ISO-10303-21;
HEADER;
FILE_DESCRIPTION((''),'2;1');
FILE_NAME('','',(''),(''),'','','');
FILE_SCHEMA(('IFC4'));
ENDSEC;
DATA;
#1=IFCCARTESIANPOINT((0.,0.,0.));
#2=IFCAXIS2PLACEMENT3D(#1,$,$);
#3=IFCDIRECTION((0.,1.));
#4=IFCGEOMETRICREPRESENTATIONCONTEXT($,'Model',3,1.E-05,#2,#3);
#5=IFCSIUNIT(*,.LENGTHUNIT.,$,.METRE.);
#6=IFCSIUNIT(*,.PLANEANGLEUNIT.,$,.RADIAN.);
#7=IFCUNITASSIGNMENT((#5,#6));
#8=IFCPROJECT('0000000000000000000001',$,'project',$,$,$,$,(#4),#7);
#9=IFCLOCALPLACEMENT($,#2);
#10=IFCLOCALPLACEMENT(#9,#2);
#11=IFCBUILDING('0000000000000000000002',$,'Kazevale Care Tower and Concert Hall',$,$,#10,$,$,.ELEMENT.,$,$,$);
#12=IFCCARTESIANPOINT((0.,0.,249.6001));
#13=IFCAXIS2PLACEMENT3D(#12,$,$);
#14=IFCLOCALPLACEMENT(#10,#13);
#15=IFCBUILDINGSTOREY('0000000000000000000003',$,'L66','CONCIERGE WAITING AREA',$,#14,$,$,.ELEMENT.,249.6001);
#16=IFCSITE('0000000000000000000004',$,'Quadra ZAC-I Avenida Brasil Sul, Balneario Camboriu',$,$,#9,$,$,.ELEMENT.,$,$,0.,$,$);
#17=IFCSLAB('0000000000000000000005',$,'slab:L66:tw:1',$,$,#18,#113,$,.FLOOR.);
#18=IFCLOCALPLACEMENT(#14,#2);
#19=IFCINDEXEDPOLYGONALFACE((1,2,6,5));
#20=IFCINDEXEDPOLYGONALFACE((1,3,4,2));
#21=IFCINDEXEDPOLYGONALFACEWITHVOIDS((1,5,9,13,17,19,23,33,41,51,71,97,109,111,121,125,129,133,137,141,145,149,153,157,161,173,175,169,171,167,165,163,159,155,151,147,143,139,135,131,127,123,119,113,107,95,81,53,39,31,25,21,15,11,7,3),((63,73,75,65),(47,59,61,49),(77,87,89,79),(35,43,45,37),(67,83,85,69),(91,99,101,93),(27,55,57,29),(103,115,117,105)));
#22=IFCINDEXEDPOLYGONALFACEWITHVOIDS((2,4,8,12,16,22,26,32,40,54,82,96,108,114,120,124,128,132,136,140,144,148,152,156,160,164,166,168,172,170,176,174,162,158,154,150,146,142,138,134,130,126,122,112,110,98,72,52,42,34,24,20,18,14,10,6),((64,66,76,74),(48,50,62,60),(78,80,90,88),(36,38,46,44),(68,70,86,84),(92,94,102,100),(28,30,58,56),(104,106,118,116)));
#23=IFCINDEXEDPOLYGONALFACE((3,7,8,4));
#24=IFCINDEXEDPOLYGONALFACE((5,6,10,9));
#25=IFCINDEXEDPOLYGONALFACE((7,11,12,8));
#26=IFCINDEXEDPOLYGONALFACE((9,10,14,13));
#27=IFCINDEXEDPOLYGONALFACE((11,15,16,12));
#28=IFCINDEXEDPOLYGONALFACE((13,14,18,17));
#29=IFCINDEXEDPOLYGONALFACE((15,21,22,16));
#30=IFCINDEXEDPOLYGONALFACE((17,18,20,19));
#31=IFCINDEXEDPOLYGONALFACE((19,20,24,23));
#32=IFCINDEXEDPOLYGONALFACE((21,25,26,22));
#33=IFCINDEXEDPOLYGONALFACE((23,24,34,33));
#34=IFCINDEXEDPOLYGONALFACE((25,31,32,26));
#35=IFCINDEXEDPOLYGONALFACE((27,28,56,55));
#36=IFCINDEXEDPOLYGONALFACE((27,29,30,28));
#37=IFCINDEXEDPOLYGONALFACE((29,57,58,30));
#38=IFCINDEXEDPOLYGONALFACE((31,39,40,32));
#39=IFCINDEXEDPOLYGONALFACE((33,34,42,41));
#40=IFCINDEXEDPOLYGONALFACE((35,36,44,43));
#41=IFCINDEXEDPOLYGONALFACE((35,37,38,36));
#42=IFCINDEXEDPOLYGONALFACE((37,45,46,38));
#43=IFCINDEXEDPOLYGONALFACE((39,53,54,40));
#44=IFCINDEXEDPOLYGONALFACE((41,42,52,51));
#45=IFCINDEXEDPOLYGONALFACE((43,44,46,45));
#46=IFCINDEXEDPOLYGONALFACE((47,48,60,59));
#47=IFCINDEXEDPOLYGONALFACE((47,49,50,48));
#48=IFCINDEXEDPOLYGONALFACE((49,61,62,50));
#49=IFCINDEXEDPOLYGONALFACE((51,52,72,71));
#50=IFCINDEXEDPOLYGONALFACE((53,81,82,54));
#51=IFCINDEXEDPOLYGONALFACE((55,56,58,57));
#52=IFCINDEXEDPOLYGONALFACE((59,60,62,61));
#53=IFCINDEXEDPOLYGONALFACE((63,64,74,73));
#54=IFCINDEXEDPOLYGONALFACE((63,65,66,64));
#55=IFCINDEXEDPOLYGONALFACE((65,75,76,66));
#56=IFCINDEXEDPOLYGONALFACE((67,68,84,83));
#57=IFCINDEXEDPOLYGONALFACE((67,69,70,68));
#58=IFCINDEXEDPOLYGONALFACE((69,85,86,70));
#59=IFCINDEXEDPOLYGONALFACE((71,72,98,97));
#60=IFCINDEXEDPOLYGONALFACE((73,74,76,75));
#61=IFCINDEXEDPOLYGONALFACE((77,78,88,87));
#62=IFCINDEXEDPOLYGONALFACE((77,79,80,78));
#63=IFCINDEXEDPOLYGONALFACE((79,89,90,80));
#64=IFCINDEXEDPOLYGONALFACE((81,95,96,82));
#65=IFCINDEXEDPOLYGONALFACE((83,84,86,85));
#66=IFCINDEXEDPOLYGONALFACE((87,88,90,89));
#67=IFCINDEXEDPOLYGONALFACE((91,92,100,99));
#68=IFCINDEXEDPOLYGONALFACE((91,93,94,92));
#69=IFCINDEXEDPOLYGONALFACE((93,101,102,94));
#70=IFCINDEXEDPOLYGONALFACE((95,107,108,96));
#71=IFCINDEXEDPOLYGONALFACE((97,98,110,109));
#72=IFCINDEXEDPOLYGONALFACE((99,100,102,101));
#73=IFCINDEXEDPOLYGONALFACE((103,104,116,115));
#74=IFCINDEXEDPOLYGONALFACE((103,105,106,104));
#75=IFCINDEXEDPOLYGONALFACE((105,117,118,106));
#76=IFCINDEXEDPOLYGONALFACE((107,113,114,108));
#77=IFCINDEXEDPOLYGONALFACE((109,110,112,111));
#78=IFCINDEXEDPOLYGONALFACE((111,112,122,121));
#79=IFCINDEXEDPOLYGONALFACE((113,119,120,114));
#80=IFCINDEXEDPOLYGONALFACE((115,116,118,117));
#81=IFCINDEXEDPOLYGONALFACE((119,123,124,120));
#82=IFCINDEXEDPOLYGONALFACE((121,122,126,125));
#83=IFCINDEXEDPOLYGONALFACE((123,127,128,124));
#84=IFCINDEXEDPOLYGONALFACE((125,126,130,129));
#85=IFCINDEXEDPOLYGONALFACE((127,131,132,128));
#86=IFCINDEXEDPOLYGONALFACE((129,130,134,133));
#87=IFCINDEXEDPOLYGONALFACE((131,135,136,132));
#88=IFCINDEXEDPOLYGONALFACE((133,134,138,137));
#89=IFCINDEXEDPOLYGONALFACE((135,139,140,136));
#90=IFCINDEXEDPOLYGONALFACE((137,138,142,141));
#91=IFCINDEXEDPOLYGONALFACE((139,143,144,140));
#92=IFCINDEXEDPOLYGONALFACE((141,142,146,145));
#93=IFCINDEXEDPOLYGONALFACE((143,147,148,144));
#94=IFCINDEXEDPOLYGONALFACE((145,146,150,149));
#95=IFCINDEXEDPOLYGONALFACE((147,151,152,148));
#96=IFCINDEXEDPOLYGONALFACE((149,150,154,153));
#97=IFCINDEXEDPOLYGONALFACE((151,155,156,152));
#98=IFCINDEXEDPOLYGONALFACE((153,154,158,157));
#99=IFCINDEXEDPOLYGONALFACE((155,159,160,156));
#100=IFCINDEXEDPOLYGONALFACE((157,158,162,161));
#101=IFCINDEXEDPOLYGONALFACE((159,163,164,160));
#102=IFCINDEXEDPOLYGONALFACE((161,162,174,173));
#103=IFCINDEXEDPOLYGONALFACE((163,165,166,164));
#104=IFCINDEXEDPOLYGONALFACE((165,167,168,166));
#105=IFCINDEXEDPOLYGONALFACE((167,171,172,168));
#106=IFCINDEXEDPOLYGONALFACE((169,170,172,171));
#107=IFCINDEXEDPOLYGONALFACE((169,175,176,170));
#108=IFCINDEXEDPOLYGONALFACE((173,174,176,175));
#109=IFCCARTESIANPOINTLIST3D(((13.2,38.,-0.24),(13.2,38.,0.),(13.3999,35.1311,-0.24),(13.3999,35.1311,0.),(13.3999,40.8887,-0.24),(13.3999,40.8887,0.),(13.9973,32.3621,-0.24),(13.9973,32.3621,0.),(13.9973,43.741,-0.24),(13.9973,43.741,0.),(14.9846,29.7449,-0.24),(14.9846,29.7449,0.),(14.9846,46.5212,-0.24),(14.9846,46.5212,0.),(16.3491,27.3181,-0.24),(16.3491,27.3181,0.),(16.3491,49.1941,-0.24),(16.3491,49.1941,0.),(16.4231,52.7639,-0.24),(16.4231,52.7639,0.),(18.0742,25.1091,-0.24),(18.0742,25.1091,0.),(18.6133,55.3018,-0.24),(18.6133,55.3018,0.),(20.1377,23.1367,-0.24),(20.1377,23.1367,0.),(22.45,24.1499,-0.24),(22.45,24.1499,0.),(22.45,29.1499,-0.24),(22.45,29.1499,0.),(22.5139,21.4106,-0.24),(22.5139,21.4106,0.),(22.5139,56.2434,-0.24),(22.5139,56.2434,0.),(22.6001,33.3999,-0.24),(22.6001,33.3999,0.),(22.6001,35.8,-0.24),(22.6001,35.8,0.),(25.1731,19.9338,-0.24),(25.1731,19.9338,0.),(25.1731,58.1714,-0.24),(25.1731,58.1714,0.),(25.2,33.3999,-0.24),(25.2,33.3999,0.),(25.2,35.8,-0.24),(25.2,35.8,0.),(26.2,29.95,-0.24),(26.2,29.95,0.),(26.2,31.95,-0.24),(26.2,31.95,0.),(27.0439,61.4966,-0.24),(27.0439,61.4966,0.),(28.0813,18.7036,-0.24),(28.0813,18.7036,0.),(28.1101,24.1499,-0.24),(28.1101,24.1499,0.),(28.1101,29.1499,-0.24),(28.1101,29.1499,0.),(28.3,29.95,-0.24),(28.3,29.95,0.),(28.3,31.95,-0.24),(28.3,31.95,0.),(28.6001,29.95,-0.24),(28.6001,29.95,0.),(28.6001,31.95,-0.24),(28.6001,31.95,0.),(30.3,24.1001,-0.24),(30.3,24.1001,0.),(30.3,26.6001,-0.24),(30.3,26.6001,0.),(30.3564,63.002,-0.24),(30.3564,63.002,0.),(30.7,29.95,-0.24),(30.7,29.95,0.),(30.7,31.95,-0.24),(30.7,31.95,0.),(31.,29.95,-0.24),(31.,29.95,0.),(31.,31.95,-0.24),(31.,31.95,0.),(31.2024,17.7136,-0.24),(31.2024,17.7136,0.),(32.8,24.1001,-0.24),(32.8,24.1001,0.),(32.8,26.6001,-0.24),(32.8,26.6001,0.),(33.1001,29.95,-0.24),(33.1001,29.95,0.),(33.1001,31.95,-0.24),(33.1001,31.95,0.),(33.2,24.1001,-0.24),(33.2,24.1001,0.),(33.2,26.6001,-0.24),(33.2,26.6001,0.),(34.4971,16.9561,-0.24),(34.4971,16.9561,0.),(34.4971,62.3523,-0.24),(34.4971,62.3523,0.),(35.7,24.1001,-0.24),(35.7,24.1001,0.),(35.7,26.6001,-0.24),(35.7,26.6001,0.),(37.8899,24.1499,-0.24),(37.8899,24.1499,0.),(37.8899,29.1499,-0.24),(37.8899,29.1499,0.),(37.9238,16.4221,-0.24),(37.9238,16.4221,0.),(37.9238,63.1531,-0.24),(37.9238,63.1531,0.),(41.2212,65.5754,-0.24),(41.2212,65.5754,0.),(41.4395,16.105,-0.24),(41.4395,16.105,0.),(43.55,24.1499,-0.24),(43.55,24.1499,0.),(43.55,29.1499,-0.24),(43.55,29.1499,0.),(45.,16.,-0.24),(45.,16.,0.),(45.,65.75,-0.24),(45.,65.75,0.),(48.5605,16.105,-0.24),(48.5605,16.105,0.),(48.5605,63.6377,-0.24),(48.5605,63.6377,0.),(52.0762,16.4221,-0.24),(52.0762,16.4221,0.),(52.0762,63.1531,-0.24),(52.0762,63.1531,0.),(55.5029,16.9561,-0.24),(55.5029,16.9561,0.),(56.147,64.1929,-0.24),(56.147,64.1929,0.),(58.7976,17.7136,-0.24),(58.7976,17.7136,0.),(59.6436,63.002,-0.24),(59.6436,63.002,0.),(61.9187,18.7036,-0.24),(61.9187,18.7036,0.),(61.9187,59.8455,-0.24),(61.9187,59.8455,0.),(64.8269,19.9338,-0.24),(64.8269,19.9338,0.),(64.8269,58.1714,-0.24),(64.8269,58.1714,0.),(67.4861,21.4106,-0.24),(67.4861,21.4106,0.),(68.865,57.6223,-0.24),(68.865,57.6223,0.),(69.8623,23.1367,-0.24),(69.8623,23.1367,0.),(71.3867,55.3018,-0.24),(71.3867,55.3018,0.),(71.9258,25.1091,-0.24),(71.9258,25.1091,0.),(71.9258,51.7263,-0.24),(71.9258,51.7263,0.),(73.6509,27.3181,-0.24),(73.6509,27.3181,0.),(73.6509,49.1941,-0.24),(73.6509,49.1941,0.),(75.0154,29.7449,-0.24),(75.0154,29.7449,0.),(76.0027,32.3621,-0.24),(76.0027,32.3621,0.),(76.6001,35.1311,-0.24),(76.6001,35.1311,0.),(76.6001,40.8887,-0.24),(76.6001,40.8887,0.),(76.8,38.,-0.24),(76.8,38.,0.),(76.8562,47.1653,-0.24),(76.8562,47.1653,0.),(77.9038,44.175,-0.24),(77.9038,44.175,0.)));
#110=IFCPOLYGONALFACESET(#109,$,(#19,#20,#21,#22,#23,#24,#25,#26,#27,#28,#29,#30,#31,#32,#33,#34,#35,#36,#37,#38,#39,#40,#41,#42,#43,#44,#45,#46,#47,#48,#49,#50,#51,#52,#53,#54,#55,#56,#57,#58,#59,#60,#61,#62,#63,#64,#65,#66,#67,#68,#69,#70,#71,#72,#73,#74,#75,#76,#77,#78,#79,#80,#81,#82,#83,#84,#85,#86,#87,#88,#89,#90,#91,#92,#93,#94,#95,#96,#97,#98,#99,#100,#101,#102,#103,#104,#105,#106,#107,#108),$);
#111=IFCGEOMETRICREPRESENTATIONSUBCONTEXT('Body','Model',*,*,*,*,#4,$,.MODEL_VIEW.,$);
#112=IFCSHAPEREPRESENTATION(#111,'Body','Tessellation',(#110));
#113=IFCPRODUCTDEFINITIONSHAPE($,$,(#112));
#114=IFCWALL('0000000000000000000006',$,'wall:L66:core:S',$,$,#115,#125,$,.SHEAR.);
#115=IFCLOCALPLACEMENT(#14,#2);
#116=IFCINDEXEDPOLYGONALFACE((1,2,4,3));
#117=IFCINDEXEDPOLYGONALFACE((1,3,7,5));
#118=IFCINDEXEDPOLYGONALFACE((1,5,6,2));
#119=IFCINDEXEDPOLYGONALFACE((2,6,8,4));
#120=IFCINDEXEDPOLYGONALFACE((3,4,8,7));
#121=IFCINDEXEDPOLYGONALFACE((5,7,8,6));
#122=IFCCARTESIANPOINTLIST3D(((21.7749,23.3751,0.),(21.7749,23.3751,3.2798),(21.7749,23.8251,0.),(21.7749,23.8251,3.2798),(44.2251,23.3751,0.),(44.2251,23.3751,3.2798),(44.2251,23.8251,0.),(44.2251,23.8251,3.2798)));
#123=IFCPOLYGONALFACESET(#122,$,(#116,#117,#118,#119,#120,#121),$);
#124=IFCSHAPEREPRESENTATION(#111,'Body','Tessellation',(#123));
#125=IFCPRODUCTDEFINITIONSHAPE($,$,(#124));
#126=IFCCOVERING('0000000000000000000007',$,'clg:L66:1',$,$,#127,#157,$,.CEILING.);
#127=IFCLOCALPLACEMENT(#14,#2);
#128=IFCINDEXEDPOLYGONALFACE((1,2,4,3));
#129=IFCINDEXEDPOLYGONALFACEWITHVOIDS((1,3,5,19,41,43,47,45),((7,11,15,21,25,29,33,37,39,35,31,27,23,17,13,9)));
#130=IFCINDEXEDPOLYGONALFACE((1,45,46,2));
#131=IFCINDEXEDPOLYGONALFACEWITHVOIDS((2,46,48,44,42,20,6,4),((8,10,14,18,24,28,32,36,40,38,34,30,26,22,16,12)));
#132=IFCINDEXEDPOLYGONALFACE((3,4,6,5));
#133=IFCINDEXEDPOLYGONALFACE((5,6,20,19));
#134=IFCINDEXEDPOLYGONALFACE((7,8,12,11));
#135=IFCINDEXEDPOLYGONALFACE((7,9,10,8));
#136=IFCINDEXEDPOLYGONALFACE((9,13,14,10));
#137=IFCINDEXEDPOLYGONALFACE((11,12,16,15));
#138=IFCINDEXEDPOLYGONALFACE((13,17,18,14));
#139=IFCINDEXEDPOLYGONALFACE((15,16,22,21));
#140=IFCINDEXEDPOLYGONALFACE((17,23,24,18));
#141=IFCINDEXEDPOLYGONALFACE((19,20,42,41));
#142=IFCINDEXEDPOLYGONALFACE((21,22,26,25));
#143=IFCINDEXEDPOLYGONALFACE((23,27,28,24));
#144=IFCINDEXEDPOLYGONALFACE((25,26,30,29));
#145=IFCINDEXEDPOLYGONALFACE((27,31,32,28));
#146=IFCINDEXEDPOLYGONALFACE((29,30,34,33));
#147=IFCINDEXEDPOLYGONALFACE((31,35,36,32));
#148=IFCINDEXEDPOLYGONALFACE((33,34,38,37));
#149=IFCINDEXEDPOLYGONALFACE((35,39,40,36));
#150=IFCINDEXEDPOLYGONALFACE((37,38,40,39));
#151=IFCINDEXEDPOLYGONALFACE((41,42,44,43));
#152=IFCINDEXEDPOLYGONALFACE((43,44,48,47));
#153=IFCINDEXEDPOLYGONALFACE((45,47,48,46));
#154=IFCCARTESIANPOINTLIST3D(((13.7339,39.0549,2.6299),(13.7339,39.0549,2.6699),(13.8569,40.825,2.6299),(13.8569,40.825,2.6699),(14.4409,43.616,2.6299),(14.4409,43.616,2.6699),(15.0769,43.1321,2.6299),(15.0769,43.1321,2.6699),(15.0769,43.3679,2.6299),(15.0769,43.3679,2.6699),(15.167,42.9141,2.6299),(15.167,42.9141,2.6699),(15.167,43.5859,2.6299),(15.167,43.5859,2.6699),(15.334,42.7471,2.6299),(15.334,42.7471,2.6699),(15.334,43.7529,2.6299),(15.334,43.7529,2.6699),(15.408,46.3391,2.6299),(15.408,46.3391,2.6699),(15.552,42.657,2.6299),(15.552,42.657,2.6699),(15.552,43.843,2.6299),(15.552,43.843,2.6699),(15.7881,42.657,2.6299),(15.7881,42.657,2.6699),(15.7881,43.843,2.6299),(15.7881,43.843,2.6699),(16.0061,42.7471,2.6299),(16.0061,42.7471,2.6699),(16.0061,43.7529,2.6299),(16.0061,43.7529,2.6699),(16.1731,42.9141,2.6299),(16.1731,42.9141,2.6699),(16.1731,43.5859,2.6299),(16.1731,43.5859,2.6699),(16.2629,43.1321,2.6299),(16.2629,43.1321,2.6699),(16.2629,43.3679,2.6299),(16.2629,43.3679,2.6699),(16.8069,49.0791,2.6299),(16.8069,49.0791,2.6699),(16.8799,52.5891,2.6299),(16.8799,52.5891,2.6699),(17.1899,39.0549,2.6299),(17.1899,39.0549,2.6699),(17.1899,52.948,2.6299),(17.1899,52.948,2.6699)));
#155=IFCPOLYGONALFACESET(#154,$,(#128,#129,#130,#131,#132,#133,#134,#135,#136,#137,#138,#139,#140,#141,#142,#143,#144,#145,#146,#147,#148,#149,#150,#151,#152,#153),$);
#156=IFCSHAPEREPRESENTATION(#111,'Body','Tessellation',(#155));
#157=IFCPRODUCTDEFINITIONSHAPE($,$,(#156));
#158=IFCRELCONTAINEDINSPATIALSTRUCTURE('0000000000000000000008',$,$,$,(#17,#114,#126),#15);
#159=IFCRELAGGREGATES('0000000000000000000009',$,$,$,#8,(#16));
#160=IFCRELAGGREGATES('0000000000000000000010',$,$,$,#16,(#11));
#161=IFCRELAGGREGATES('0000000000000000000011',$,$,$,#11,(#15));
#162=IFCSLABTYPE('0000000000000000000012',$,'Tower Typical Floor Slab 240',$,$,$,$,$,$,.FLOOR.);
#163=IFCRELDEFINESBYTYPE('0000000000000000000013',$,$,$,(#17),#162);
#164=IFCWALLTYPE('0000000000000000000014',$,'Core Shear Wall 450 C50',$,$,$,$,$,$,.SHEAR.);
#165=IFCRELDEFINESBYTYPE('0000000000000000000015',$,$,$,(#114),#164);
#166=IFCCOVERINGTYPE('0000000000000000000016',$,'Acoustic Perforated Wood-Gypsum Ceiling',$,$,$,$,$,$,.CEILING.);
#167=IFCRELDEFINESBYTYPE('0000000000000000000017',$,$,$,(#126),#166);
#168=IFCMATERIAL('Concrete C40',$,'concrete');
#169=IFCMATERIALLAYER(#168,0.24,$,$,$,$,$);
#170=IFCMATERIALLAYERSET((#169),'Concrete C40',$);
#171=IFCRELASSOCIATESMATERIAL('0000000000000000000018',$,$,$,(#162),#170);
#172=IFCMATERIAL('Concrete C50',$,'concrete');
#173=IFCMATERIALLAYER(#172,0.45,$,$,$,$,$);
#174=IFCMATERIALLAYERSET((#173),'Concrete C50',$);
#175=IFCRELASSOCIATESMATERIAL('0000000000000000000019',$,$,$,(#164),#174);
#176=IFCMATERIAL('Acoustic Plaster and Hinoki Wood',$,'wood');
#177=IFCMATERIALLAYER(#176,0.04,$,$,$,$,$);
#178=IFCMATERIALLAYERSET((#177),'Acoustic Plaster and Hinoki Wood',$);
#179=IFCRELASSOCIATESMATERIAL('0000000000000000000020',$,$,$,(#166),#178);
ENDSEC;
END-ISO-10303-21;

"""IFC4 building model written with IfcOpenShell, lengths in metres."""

from ifc_helpers import new_model, si_unit, direction, frame, frame_2d, origin, place, context, subcontext, project, spatial, polyline, rectangle, outline, extrude, material, layer, layer_set, type_object, element, save


model = new_model("IFC4")

# Units and contexts
model_context = context("Model", 3, precision=1e-05, world=origin(), true_north=direction((0.0, 1.0)))
body_context = subcontext(model_context, "Body", "Model", "MODEL_VIEW")
ifc_project = project(units=[si_unit("LENGTHUNIT", "METRE"), si_unit("PLANEANGLEUNIT", "RADIAN")], contexts=[model_context])

# Site, building, storey
site_placement = place(None, origin())
site = spatial("IfcSite", under=ifc_project, at=site_placement, Name="Quadra ZAC-I Avenida Brasil Sul, Balneario Camboriu", CompositionType="ELEMENT", RefElevation=0.0)
building_placement = place(site_placement, origin())
building = spatial("IfcBuilding", under=site, at=building_placement, Name="Kazevale Care Tower and Concert Hall", CompositionType="ELEMENT")
storey_placement = place(building_placement, frame((0.0, 0.0, 249.6001)))
storey = spatial("IfcBuildingStorey", under=building, at=storey_placement, Name="L66", Description="CONCIERGE WAITING AREA", CompositionType="ELEMENT", Elevation=249.6001)

# Shared definitions
ifc_material_1 = material(Name="Concrete C50", Category="concrete")

# Shared definitions
ifc_material_2 = material(Name="Concrete C40", Category="concrete")

# Slab
ifc_layer_1 = layer(ifc_material_2, 0.24)
ifc_layer_set_1 = layer_set([ifc_layer_1], Name="Concrete C40")
slab_type_1 = type_object("IfcSlabType", Name="Tower Typical Floor Slab 240", PredefinedType="FLOOR", material=ifc_layer_set_1)
slab_1_placement = place(storey_placement, frame((0.0, 0.0, -0.24)))
element("IfcSlab", 1, at=slab_1_placement, inside=storey, type_object=slab_type_1, Name="slab:L66:tw:1", PredefinedType="FLOOR", context=body_context, shape_type="SweptSolid", body=[
    extrude(outline(polyline([(76.8, 38.0), (76.6001, 40.8887), (77.9038, 44.175), (76.8562, 47.1653), (73.6509, 49.1941), (71.9258, 51.7263), (71.3867, 55.3018), (68.865, 57.6223), (64.8269, 58.1714), (61.9187, 59.8455), (59.6436, 63.002), (56.147, 64.1929), (52.0762, 63.1531), (48.5605, 63.6377), (45.0, 65.75), (41.2212, 65.5754), (37.9238, 63.1531), (34.4971, 62.3523), (30.3564, 63.002), (27.0439, 61.4966), (25.1731, 58.1714), (22.5139, 56.2434), (18.6133, 55.3018), (16.4231, 52.7639), (16.3491, 49.1941), (14.9846, 46.5212), (13.9973, 43.741), (13.3999, 40.8887), (13.2, 38.0), (13.3999, 35.1311), (13.9973, 32.3621), (14.9846, 29.7449), (16.3491, 27.3181), (18.0742, 25.1091), (20.1377, 23.1367), (22.5139, 21.4106), (25.1731, 19.9338), (28.0813, 18.7036), (31.2024, 17.7136), (34.4971, 16.9561), (37.9238, 16.4221), (41.4395, 16.105), (45.0, 16.0), (48.5605, 16.105), (52.0762, 16.4221), (55.5029, 16.9561), (58.7976, 17.7136), (61.9187, 18.7036), (64.8269, 19.9338), (67.4861, 21.4106), (69.8623, 23.1367), (71.9258, 25.1091), (73.6509, 27.3181), (75.0154, 29.7449), (76.0027, 32.3621), (76.6001, 35.1311), (76.8, 38.0)]), holes=[polyline([(22.45, 24.1499), (28.1101, 24.1499), (28.1101, 29.1499), (22.45, 29.1499), (22.45, 24.1499)]), polyline([(37.8899, 24.1499), (43.55, 24.1499), (43.55, 29.1499), (37.8899, 29.1499), (37.8899, 24.1499)]), polyline([(30.3, 24.1001), (32.8, 24.1001), (32.8, 26.6001), (30.3, 26.6001), (30.3, 24.1001)]), polyline([(33.2, 24.1001), (35.7, 24.1001), (35.7, 26.6001), (33.2, 26.6001), (33.2, 24.1001)]), polyline([(22.6001, 33.3999), (25.2, 33.3999), (25.2, 35.8), (22.6001, 35.8), (22.6001, 33.3999)]), polyline([(26.2, 29.95), (28.3, 29.95), (28.3, 31.95), (26.2, 31.95), (26.2, 29.95)]), polyline([(28.6001, 29.95), (30.7, 29.95), (30.7, 31.95), (28.6001, 31.95), (28.6001, 29.95)]), polyline([(31.0, 29.95), (33.1001, 29.95), (33.1001, 31.95), (31.0, 31.95), (31.0, 29.95)])]), origin(), (0.0, 0.0, 1.0), 0.24),
])

# Wall
ifc_layer_2 = layer(ifc_material_1, 0.45)
ifc_layer_set_2 = layer_set([ifc_layer_2], Name="Concrete C50")
wall_type = type_object("IfcWallType", Name="Core Shear Wall 450 C50", PredefinedType="SHEAR", material=ifc_layer_set_2)
wall_placement = place(storey_placement, frame((21.7749, 23.6001, 0.0), z_axis=(0.0, 0.0, 1.0), x_axis=(1.0, 0.0, 0.0)))
element("IfcWall", 2, at=wall_placement, inside=storey, type_object=wall_type, Name="wall:L66:core:S", PredefinedType="SHEAR", context=body_context, shape_type="SweptSolid", body=[
    extrude(rectangle(XDim=22.4502, YDim=0.45, at=frame_2d((11.2251, 0.0))), origin(), (0.0, 0.0, 1.0), 3.2798),
])

# Covering
ifc_material_3 = material(Name="Acoustic Plaster and Hinoki Wood", Category="wood")
ifc_layer_3 = layer(ifc_material_3, 0.04)
ifc_layer_set_3 = layer_set([ifc_layer_3], Name="Acoustic Plaster and Hinoki Wood")
covering_type = type_object("IfcCoveringType", Name="Acoustic Perforated Wood-Gypsum Ceiling", PredefinedType="CEILING", material=ifc_layer_set_3)
covering_1_placement = place(storey_placement, frame((0.0, 0.0, 2.6299)))
element("IfcCovering", 3, at=covering_1_placement, inside=storey, type_object=covering_type, Name="clg:L66:1", PredefinedType="CEILING", context=body_context, shape_type="SweptSolid", body=[
    extrude(outline(polyline([(15.408, 46.3391), (16.8069, 49.0791), (16.8799, 52.5891), (17.1899, 52.948), (17.1899, 39.0549), (13.7339, 39.0549), (13.8569, 40.825), (14.4409, 43.616), (15.408, 46.3391)]), holes=[polyline([(16.2629, 43.3679), (16.1731, 43.5859), (16.0061, 43.7529), (15.7881, 43.843), (15.552, 43.843), (15.334, 43.7529), (15.167, 43.5859), (15.0769, 43.3679), (15.0769, 43.1321), (15.167, 42.9141), (15.334, 42.7471), (15.552, 42.657), (15.7881, 42.657), (16.0061, 42.7471), (16.1731, 42.9141), (16.2629, 43.1321), (16.2629, 43.3679)])]), origin(), (0.0, 0.0, 1.0), 0.04),
])

save(model, "model.ifc")
